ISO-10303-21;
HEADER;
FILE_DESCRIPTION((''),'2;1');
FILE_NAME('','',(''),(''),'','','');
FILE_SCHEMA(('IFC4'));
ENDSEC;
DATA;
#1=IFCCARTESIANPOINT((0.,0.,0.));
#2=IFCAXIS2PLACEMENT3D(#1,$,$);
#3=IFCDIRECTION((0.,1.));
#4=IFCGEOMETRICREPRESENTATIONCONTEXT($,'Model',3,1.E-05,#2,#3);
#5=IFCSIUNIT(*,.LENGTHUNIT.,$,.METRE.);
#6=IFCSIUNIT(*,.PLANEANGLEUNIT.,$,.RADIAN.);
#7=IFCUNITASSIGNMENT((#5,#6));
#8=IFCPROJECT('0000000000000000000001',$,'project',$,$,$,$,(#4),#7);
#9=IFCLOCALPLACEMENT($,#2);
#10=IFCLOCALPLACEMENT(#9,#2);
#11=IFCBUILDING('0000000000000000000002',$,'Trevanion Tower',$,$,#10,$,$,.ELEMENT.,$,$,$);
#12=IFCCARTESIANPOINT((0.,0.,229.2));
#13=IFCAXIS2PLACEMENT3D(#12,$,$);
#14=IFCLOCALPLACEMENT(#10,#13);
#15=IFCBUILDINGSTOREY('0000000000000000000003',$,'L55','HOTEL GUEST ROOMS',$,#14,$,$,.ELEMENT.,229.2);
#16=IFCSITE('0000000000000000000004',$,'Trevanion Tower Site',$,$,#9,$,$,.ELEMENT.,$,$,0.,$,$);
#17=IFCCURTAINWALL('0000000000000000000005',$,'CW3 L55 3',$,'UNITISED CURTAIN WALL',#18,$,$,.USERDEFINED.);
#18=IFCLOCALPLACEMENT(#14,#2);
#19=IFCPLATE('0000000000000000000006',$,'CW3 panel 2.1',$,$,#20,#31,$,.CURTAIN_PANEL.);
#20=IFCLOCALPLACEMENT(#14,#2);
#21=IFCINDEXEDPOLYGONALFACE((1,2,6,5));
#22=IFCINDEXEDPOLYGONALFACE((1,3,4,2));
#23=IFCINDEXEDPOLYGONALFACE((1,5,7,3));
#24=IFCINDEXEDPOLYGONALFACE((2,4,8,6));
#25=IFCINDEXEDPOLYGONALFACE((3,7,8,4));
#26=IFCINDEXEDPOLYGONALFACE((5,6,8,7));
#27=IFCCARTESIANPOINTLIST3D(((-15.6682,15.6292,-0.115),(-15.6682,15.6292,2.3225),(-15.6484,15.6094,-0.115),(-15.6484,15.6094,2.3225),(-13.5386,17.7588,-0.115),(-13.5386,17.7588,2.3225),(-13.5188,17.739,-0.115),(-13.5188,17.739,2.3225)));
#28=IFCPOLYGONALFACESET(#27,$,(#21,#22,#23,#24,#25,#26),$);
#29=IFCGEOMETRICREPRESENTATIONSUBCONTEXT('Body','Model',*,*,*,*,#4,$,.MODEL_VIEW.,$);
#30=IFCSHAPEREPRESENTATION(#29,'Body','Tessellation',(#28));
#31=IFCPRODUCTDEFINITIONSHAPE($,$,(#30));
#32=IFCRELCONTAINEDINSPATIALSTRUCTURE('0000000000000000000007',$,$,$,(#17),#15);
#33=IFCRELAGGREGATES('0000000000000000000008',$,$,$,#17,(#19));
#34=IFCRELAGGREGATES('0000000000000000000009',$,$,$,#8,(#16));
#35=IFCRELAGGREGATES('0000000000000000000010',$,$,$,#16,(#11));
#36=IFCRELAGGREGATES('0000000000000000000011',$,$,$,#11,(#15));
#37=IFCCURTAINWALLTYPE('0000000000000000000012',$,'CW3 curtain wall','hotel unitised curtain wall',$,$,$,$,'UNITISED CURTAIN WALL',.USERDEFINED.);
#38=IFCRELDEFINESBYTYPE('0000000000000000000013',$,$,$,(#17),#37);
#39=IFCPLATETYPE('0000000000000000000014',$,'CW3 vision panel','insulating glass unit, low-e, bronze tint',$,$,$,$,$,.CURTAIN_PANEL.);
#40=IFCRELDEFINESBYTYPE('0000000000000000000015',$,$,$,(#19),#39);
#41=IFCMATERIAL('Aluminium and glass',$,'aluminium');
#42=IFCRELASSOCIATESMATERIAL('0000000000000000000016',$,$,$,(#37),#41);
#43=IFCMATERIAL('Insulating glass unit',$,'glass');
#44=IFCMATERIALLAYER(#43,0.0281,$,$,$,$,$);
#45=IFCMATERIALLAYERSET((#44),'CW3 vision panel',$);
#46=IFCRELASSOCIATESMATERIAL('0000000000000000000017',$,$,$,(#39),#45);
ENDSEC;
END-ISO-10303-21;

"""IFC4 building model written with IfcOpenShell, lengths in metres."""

from ifc_helpers import new_model, si_unit, direction, frame, origin, origin_2d, place, context, subcontext, project, spatial, rectangle, extrude, material, layer, layer_set, type_object, element, aggregate, save


model = new_model("IFC4")

# Units and contexts
model_context = context("Model", 3, precision=1e-05, world=origin(), true_north=direction((0.0, 1.0)))
body_context = subcontext(model_context, "Body", "Model", "MODEL_VIEW")
ifc_project = project(units=[si_unit("LENGTHUNIT", "METRE"), si_unit("PLANEANGLEUNIT", "RADIAN")], contexts=[model_context])

# Site, building, storey
site_placement = place(None, origin())
site = spatial("IfcSite", under=ifc_project, at=site_placement, Name="Trevanion Tower Site", CompositionType="ELEMENT", RefElevation=0.0)
building_placement = place(site_placement, origin())
building = spatial("IfcBuilding", under=site, at=building_placement, Name="Trevanion Tower", CompositionType="ELEMENT")
storey_placement = place(building_placement, frame((0.0, 0.0, 229.2)))
storey = spatial("IfcBuildingStorey", under=building, at=storey_placement, Name="L55", Description="HOTEL GUEST ROOMS", CompositionType="ELEMENT", Elevation=229.2)

# Curtain wall
ifc_material_1 = material(Name="Aluminium and glass", Category="aluminium")
curtain_wall_type = type_object("IfcCurtainWallType", Name="CW3 curtain wall", Description="hotel unitised curtain wall", ElementType="UNITISED CURTAIN WALL", PredefinedType="USERDEFINED", material=ifc_material_1)
curtain_wall_1_placement = place(storey_placement, origin())
curtain_wall_1 = element("IfcCurtainWall", 1, at=curtain_wall_1_placement, inside=storey, type_object=curtain_wall_type, Name="CW3 L55 3", ObjectType="UNITISED CURTAIN WALL", PredefinedType="USERDEFINED")

# Plate
ifc_material_2 = material(Name="Insulating glass unit", Category="glass")
ifc_layer_1 = layer(ifc_material_2, 0.0281)
ifc_layer_set_1 = layer_set([ifc_layer_1], Name="CW3 vision panel")
plate_type_1 = type_object("IfcPlateType", Name="CW3 vision panel", Description="insulating glass unit, low-e, bronze tint", PredefinedType="CURTAIN_PANEL", material=ifc_layer_set_1)
plate_1_placement = place(storey_placement, frame((-14.5935, 16.6841, -0.115), z_axis=(0.0, 0.0, 1.0), x_axis=(-0.707107, -0.707107, 0.0)))
plate_1 = element("IfcPlate", 2, at=plate_1_placement, type_object=plate_type_1, Name="CW3 panel 2.1", PredefinedType="CURTAIN_PANEL", context=body_context, shape_type="SweptSolid", body=[
    extrude(rectangle(XDim=3.0117, YDim=0.0281, at=origin_2d()), origin(), (0.0, 0.0, 1.0), 2.4375),
])
aggregate(curtain_wall_1, [plate_1])

save(model, "model.ifc")
